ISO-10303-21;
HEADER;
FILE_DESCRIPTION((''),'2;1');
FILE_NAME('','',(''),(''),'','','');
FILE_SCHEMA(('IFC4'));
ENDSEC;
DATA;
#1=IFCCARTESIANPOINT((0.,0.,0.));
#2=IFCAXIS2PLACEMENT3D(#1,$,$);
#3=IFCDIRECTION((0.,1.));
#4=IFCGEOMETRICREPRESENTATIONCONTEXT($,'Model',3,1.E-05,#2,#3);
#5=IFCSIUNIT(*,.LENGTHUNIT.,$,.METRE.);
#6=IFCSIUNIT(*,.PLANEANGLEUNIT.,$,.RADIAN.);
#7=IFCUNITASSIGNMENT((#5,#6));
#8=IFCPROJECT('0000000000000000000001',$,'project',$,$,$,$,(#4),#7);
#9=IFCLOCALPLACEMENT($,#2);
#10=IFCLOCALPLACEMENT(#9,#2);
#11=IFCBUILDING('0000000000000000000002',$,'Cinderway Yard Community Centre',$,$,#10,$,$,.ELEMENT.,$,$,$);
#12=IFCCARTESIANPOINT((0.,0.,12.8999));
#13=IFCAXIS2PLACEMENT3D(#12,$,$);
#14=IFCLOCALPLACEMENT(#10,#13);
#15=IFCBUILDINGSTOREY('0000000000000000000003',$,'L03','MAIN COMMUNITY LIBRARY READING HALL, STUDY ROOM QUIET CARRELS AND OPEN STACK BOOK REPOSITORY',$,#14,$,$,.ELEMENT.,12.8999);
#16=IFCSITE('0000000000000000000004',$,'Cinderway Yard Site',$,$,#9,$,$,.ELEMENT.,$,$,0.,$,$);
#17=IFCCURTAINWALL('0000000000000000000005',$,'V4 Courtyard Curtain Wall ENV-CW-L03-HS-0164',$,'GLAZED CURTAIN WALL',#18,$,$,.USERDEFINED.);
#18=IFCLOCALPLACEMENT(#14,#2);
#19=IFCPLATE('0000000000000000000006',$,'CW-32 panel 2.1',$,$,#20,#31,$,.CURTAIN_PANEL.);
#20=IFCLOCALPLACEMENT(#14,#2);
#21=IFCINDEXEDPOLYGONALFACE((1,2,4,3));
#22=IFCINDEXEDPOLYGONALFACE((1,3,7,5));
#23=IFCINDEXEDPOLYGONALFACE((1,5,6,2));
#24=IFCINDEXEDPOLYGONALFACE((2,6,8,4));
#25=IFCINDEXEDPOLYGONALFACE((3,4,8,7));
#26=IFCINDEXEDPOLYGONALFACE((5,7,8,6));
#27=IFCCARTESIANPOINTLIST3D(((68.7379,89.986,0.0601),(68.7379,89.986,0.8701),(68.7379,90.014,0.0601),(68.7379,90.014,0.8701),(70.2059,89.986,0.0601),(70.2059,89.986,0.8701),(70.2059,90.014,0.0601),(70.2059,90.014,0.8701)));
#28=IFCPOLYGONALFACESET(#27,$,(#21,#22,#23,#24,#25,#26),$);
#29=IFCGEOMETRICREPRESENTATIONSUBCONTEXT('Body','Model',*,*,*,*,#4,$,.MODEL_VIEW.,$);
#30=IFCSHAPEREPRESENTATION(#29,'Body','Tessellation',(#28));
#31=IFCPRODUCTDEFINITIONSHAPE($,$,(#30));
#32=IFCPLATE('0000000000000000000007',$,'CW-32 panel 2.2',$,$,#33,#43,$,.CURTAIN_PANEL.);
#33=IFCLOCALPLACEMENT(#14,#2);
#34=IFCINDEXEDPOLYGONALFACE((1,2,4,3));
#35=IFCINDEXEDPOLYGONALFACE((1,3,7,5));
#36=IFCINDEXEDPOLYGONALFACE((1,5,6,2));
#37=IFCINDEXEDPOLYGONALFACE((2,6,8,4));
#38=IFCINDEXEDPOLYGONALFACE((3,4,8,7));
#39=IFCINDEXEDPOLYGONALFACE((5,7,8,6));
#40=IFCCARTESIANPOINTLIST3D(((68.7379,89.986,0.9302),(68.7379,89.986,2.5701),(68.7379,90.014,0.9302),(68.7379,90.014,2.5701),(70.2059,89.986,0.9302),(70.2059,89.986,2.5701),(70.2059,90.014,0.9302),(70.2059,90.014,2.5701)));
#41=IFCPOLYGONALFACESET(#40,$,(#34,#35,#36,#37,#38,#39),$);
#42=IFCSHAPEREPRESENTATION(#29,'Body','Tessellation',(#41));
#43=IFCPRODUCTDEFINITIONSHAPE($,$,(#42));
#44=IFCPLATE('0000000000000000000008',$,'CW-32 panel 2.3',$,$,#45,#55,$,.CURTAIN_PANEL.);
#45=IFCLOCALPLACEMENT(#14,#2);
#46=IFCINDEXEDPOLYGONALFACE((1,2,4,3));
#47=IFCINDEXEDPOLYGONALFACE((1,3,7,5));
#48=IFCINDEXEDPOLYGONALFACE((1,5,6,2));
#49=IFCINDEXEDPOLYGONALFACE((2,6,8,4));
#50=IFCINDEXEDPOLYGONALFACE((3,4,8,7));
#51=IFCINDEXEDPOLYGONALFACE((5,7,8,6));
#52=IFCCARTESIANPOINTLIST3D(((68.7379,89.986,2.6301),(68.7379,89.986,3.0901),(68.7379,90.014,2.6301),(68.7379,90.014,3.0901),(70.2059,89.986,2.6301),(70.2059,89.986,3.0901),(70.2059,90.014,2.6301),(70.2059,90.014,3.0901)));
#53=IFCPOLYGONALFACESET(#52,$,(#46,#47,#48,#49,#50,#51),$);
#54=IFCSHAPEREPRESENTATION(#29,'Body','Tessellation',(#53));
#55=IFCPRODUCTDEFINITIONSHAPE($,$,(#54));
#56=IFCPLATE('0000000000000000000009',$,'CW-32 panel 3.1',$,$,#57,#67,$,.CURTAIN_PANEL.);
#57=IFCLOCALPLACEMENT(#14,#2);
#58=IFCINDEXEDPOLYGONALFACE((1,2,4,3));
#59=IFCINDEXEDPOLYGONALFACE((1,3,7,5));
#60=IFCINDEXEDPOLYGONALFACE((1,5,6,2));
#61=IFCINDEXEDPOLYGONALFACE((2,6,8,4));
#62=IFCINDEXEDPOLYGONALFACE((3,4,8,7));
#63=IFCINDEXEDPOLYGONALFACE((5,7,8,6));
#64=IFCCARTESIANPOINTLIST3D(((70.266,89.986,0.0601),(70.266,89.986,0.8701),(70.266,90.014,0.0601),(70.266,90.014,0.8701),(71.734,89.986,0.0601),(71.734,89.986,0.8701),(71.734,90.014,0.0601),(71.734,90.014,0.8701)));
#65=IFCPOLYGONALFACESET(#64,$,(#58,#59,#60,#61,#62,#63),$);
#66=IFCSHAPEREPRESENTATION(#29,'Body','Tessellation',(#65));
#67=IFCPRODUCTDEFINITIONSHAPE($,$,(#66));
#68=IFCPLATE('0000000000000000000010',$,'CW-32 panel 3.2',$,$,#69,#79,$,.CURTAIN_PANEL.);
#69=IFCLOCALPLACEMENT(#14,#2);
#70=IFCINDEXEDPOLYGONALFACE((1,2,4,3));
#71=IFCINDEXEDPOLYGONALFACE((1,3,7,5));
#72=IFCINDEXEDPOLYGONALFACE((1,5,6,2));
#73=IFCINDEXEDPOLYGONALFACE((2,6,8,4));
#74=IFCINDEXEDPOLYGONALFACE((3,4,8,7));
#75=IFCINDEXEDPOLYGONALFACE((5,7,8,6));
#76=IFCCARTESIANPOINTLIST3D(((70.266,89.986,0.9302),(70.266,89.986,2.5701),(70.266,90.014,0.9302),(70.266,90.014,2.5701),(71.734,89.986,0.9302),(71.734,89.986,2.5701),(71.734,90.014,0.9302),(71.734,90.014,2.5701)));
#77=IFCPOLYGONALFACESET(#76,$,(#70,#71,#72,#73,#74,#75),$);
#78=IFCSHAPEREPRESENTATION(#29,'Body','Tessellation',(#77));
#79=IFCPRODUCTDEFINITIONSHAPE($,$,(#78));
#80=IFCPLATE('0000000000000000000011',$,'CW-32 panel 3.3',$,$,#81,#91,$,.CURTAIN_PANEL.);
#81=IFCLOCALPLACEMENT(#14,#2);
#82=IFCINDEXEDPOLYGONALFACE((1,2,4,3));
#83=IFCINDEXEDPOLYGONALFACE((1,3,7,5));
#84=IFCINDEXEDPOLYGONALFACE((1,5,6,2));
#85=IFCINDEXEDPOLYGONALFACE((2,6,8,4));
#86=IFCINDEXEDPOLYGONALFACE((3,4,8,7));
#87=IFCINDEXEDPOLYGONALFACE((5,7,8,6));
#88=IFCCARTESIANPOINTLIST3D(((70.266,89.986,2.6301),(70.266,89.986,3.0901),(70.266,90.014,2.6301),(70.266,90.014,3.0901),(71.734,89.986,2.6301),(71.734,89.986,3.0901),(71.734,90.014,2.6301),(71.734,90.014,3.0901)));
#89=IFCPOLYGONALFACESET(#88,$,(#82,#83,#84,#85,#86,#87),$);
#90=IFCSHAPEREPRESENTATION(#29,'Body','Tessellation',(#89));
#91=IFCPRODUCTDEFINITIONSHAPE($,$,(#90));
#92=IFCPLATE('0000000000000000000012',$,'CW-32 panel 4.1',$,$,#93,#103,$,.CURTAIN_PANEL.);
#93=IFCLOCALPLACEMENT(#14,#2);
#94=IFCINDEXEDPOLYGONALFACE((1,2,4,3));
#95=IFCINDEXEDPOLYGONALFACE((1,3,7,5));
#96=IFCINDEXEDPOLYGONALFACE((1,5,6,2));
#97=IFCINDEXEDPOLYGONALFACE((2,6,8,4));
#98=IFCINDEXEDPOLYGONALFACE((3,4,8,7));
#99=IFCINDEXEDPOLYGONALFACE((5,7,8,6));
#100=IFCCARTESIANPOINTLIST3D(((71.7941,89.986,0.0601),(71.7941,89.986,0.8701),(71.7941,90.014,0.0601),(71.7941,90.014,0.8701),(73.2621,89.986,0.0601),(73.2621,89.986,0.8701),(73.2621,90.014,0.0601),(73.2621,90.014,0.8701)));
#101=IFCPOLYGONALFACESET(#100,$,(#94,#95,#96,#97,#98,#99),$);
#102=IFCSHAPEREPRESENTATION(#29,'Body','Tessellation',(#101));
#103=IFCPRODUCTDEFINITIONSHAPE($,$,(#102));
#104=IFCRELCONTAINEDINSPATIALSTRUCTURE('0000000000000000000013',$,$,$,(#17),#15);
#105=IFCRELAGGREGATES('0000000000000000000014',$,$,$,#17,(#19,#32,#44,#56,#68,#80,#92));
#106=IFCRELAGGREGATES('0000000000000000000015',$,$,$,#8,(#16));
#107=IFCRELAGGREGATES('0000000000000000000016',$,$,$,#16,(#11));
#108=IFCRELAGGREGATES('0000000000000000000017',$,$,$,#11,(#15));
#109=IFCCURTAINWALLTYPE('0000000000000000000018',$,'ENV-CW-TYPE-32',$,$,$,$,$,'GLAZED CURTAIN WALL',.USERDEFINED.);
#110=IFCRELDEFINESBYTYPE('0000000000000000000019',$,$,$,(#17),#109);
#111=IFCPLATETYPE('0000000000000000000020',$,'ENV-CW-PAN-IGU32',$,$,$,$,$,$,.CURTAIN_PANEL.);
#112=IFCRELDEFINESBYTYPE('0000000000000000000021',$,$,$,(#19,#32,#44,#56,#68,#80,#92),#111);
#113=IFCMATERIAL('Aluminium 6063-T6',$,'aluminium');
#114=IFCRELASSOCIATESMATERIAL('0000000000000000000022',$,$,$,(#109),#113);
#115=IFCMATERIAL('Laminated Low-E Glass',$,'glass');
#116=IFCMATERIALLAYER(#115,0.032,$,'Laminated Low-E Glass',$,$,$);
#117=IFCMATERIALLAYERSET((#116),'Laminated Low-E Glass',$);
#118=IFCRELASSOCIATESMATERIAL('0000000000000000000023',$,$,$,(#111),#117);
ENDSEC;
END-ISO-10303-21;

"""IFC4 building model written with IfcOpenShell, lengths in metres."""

from ifc_helpers import new_model, si_unit, direction, frame, origin, origin_2d, place, context, subcontext, project, spatial, rectangle, extrude, material, layer, layer_set, type_object, element, aggregate, save


model = new_model("IFC4")

# Units and contexts
model_context = context("Model", 3, precision=1e-05, world=origin(), true_north=direction((0.0, 1.0)))
body_context = subcontext(model_context, "Body", "Model", "MODEL_VIEW")
ifc_project = project(units=[si_unit("LENGTHUNIT", "METRE"), si_unit("PLANEANGLEUNIT", "RADIAN")], contexts=[model_context])

# Site, building, storey
site_placement = place(None, origin())
site = spatial("IfcSite", under=ifc_project, at=site_placement, Name="Cinderway Yard Site", CompositionType="ELEMENT", RefElevation=0.0)
building_placement = place(site_placement, origin())
building = spatial("IfcBuilding", under=site, at=building_placement, Name="Cinderway Yard Community Centre", CompositionType="ELEMENT")
storey_placement = place(building_placement, frame((0.0, 0.0, 12.8999)))
storey = spatial("IfcBuildingStorey", under=building, at=storey_placement, Name="L03", Description="MAIN COMMUNITY LIBRARY READING HALL, STUDY ROOM QUIET CARRELS AND OPEN STACK BOOK REPOSITORY", CompositionType="ELEMENT", Elevation=12.8999)

# Curtain wall, plates
ifc_material_1 = material(Name="Aluminium 6063-T6", Category="aluminium")
curtain_wall_type = type_object("IfcCurtainWallType", Name="ENV-CW-TYPE-32", ElementType="GLAZED CURTAIN WALL", PredefinedType="USERDEFINED", material=ifc_material_1)
curtain_wall_placement = place(storey_placement, origin())
curtain_wall = element("IfcCurtainWall", 1, at=curtain_wall_placement, inside=storey, type_object=curtain_wall_type, Name="V4 Courtyard Curtain Wall ENV-CW-L03-HS-0164", ObjectType="GLAZED CURTAIN WALL", PredefinedType="USERDEFINED")
ifc_material_2 = material(Name="Laminated Low-E Glass", Category="glass")
ifc_layer = layer(ifc_material_2, 0.032, Name="Laminated Low-E Glass")
ifc_layer_set = layer_set([ifc_layer], Name="Laminated Low-E Glass")
plate_type = type_object("IfcPlateType", Name="ENV-CW-PAN-IGU32", PredefinedType="CURTAIN_PANEL", material=ifc_layer_set)
plate_1_placement = place(storey_placement, frame((69.4719, 90.0, 0.0601), z_axis=(0.0, 0.0, 1.0), x_axis=(1.0, 0.0, 0.0)))
plate_1 = element("IfcPlate", 2, at=plate_1_placement, type_object=plate_type, Name="CW-32 panel 2.1", PredefinedType="CURTAIN_PANEL", context=body_context, shape_type="SweptSolid", body=[
    extrude(rectangle(XDim=1.468, YDim=0.0281, at=origin_2d()), origin(), (0.0, 0.0, 1.0), 0.8101),
])
plate_2_placement = place(storey_placement, frame((69.4719, 90.0, 0.9302), z_axis=(0.0, 0.0, 1.0), x_axis=(1.0, 0.0, 0.0)))
plate_2 = element("IfcPlate", 3, at=plate_2_placement, type_object=plate_type, Name="CW-32 panel 2.2", PredefinedType="CURTAIN_PANEL", context=body_context, shape_type="SweptSolid", body=[
    extrude(rectangle(XDim=1.468, YDim=0.0281, at=origin_2d()), origin(), (0.0, 0.0, 1.0), 1.6399),
])
plate_3_placement = place(storey_placement, frame((69.4719, 90.0, 2.6301), z_axis=(0.0, 0.0, 1.0), x_axis=(1.0, 0.0, 0.0)))
plate_3 = element("IfcPlate", 4, at=plate_3_placement, type_object=plate_type, Name="CW-32 panel 2.3", PredefinedType="CURTAIN_PANEL", context=body_context, shape_type="SweptSolid", body=[
    extrude(rectangle(XDim=1.468, YDim=0.0281, at=origin_2d()), origin(), (0.0, 0.0, 1.0), 0.46),
])
plate_4_placement = place(storey_placement, frame((71.0, 90.0, 0.0601), z_axis=(0.0, 0.0, 1.0), x_axis=(1.0, 0.0, 0.0)))
plate_4 = element("IfcPlate", 5, at=plate_4_placement, type_object=plate_type, Name="CW-32 panel 3.1", PredefinedType="CURTAIN_PANEL", context=body_context, shape_type="SweptSolid", body=[
    extrude(rectangle(XDim=1.468, YDim=0.0281, at=origin_2d()), origin(), (0.0, 0.0, 1.0), 0.8101),
])
plate_5_placement = place(storey_placement, frame((71.0, 90.0, 0.9302), z_axis=(0.0, 0.0, 1.0), x_axis=(1.0, 0.0, 0.0)))
plate_5 = element("IfcPlate", 6, at=plate_5_placement, type_object=plate_type, Name="CW-32 panel 3.2", PredefinedType="CURTAIN_PANEL", context=body_context, shape_type="SweptSolid", body=[
    extrude(rectangle(XDim=1.468, YDim=0.0281, at=origin_2d()), origin(), (0.0, 0.0, 1.0), 1.6399),
])
plate_6_placement = place(storey_placement, frame((71.0, 90.0, 2.6301), z_axis=(0.0, 0.0, 1.0), x_axis=(1.0, 0.0, 0.0)))
plate_6 = element("IfcPlate", 7, at=plate_6_placement, type_object=plate_type, Name="CW-32 panel 3.3", PredefinedType="CURTAIN_PANEL", context=body_context, shape_type="SweptSolid", body=[
    extrude(rectangle(XDim=1.468, YDim=0.0281, at=origin_2d()), origin(), (0.0, 0.0, 1.0), 0.46),
])
plate_7_placement = place(storey_placement, frame((72.5281, 90.0, 0.0601), z_axis=(0.0, 0.0, 1.0), x_axis=(1.0, 0.0, 0.0)))
plate_7 = element("IfcPlate", 8, at=plate_7_placement, type_object=plate_type, Name="CW-32 panel 4.1", PredefinedType="CURTAIN_PANEL", context=body_context, shape_type="SweptSolid", body=[
    extrude(rectangle(XDim=1.468, YDim=0.0281, at=origin_2d()), origin(), (0.0, 0.0, 1.0), 0.8101),
])
aggregate(curtain_wall, [plate_1, plate_2, plate_3, plate_4, plate_5, plate_6, plate_7])

save(model, "model.ifc")
